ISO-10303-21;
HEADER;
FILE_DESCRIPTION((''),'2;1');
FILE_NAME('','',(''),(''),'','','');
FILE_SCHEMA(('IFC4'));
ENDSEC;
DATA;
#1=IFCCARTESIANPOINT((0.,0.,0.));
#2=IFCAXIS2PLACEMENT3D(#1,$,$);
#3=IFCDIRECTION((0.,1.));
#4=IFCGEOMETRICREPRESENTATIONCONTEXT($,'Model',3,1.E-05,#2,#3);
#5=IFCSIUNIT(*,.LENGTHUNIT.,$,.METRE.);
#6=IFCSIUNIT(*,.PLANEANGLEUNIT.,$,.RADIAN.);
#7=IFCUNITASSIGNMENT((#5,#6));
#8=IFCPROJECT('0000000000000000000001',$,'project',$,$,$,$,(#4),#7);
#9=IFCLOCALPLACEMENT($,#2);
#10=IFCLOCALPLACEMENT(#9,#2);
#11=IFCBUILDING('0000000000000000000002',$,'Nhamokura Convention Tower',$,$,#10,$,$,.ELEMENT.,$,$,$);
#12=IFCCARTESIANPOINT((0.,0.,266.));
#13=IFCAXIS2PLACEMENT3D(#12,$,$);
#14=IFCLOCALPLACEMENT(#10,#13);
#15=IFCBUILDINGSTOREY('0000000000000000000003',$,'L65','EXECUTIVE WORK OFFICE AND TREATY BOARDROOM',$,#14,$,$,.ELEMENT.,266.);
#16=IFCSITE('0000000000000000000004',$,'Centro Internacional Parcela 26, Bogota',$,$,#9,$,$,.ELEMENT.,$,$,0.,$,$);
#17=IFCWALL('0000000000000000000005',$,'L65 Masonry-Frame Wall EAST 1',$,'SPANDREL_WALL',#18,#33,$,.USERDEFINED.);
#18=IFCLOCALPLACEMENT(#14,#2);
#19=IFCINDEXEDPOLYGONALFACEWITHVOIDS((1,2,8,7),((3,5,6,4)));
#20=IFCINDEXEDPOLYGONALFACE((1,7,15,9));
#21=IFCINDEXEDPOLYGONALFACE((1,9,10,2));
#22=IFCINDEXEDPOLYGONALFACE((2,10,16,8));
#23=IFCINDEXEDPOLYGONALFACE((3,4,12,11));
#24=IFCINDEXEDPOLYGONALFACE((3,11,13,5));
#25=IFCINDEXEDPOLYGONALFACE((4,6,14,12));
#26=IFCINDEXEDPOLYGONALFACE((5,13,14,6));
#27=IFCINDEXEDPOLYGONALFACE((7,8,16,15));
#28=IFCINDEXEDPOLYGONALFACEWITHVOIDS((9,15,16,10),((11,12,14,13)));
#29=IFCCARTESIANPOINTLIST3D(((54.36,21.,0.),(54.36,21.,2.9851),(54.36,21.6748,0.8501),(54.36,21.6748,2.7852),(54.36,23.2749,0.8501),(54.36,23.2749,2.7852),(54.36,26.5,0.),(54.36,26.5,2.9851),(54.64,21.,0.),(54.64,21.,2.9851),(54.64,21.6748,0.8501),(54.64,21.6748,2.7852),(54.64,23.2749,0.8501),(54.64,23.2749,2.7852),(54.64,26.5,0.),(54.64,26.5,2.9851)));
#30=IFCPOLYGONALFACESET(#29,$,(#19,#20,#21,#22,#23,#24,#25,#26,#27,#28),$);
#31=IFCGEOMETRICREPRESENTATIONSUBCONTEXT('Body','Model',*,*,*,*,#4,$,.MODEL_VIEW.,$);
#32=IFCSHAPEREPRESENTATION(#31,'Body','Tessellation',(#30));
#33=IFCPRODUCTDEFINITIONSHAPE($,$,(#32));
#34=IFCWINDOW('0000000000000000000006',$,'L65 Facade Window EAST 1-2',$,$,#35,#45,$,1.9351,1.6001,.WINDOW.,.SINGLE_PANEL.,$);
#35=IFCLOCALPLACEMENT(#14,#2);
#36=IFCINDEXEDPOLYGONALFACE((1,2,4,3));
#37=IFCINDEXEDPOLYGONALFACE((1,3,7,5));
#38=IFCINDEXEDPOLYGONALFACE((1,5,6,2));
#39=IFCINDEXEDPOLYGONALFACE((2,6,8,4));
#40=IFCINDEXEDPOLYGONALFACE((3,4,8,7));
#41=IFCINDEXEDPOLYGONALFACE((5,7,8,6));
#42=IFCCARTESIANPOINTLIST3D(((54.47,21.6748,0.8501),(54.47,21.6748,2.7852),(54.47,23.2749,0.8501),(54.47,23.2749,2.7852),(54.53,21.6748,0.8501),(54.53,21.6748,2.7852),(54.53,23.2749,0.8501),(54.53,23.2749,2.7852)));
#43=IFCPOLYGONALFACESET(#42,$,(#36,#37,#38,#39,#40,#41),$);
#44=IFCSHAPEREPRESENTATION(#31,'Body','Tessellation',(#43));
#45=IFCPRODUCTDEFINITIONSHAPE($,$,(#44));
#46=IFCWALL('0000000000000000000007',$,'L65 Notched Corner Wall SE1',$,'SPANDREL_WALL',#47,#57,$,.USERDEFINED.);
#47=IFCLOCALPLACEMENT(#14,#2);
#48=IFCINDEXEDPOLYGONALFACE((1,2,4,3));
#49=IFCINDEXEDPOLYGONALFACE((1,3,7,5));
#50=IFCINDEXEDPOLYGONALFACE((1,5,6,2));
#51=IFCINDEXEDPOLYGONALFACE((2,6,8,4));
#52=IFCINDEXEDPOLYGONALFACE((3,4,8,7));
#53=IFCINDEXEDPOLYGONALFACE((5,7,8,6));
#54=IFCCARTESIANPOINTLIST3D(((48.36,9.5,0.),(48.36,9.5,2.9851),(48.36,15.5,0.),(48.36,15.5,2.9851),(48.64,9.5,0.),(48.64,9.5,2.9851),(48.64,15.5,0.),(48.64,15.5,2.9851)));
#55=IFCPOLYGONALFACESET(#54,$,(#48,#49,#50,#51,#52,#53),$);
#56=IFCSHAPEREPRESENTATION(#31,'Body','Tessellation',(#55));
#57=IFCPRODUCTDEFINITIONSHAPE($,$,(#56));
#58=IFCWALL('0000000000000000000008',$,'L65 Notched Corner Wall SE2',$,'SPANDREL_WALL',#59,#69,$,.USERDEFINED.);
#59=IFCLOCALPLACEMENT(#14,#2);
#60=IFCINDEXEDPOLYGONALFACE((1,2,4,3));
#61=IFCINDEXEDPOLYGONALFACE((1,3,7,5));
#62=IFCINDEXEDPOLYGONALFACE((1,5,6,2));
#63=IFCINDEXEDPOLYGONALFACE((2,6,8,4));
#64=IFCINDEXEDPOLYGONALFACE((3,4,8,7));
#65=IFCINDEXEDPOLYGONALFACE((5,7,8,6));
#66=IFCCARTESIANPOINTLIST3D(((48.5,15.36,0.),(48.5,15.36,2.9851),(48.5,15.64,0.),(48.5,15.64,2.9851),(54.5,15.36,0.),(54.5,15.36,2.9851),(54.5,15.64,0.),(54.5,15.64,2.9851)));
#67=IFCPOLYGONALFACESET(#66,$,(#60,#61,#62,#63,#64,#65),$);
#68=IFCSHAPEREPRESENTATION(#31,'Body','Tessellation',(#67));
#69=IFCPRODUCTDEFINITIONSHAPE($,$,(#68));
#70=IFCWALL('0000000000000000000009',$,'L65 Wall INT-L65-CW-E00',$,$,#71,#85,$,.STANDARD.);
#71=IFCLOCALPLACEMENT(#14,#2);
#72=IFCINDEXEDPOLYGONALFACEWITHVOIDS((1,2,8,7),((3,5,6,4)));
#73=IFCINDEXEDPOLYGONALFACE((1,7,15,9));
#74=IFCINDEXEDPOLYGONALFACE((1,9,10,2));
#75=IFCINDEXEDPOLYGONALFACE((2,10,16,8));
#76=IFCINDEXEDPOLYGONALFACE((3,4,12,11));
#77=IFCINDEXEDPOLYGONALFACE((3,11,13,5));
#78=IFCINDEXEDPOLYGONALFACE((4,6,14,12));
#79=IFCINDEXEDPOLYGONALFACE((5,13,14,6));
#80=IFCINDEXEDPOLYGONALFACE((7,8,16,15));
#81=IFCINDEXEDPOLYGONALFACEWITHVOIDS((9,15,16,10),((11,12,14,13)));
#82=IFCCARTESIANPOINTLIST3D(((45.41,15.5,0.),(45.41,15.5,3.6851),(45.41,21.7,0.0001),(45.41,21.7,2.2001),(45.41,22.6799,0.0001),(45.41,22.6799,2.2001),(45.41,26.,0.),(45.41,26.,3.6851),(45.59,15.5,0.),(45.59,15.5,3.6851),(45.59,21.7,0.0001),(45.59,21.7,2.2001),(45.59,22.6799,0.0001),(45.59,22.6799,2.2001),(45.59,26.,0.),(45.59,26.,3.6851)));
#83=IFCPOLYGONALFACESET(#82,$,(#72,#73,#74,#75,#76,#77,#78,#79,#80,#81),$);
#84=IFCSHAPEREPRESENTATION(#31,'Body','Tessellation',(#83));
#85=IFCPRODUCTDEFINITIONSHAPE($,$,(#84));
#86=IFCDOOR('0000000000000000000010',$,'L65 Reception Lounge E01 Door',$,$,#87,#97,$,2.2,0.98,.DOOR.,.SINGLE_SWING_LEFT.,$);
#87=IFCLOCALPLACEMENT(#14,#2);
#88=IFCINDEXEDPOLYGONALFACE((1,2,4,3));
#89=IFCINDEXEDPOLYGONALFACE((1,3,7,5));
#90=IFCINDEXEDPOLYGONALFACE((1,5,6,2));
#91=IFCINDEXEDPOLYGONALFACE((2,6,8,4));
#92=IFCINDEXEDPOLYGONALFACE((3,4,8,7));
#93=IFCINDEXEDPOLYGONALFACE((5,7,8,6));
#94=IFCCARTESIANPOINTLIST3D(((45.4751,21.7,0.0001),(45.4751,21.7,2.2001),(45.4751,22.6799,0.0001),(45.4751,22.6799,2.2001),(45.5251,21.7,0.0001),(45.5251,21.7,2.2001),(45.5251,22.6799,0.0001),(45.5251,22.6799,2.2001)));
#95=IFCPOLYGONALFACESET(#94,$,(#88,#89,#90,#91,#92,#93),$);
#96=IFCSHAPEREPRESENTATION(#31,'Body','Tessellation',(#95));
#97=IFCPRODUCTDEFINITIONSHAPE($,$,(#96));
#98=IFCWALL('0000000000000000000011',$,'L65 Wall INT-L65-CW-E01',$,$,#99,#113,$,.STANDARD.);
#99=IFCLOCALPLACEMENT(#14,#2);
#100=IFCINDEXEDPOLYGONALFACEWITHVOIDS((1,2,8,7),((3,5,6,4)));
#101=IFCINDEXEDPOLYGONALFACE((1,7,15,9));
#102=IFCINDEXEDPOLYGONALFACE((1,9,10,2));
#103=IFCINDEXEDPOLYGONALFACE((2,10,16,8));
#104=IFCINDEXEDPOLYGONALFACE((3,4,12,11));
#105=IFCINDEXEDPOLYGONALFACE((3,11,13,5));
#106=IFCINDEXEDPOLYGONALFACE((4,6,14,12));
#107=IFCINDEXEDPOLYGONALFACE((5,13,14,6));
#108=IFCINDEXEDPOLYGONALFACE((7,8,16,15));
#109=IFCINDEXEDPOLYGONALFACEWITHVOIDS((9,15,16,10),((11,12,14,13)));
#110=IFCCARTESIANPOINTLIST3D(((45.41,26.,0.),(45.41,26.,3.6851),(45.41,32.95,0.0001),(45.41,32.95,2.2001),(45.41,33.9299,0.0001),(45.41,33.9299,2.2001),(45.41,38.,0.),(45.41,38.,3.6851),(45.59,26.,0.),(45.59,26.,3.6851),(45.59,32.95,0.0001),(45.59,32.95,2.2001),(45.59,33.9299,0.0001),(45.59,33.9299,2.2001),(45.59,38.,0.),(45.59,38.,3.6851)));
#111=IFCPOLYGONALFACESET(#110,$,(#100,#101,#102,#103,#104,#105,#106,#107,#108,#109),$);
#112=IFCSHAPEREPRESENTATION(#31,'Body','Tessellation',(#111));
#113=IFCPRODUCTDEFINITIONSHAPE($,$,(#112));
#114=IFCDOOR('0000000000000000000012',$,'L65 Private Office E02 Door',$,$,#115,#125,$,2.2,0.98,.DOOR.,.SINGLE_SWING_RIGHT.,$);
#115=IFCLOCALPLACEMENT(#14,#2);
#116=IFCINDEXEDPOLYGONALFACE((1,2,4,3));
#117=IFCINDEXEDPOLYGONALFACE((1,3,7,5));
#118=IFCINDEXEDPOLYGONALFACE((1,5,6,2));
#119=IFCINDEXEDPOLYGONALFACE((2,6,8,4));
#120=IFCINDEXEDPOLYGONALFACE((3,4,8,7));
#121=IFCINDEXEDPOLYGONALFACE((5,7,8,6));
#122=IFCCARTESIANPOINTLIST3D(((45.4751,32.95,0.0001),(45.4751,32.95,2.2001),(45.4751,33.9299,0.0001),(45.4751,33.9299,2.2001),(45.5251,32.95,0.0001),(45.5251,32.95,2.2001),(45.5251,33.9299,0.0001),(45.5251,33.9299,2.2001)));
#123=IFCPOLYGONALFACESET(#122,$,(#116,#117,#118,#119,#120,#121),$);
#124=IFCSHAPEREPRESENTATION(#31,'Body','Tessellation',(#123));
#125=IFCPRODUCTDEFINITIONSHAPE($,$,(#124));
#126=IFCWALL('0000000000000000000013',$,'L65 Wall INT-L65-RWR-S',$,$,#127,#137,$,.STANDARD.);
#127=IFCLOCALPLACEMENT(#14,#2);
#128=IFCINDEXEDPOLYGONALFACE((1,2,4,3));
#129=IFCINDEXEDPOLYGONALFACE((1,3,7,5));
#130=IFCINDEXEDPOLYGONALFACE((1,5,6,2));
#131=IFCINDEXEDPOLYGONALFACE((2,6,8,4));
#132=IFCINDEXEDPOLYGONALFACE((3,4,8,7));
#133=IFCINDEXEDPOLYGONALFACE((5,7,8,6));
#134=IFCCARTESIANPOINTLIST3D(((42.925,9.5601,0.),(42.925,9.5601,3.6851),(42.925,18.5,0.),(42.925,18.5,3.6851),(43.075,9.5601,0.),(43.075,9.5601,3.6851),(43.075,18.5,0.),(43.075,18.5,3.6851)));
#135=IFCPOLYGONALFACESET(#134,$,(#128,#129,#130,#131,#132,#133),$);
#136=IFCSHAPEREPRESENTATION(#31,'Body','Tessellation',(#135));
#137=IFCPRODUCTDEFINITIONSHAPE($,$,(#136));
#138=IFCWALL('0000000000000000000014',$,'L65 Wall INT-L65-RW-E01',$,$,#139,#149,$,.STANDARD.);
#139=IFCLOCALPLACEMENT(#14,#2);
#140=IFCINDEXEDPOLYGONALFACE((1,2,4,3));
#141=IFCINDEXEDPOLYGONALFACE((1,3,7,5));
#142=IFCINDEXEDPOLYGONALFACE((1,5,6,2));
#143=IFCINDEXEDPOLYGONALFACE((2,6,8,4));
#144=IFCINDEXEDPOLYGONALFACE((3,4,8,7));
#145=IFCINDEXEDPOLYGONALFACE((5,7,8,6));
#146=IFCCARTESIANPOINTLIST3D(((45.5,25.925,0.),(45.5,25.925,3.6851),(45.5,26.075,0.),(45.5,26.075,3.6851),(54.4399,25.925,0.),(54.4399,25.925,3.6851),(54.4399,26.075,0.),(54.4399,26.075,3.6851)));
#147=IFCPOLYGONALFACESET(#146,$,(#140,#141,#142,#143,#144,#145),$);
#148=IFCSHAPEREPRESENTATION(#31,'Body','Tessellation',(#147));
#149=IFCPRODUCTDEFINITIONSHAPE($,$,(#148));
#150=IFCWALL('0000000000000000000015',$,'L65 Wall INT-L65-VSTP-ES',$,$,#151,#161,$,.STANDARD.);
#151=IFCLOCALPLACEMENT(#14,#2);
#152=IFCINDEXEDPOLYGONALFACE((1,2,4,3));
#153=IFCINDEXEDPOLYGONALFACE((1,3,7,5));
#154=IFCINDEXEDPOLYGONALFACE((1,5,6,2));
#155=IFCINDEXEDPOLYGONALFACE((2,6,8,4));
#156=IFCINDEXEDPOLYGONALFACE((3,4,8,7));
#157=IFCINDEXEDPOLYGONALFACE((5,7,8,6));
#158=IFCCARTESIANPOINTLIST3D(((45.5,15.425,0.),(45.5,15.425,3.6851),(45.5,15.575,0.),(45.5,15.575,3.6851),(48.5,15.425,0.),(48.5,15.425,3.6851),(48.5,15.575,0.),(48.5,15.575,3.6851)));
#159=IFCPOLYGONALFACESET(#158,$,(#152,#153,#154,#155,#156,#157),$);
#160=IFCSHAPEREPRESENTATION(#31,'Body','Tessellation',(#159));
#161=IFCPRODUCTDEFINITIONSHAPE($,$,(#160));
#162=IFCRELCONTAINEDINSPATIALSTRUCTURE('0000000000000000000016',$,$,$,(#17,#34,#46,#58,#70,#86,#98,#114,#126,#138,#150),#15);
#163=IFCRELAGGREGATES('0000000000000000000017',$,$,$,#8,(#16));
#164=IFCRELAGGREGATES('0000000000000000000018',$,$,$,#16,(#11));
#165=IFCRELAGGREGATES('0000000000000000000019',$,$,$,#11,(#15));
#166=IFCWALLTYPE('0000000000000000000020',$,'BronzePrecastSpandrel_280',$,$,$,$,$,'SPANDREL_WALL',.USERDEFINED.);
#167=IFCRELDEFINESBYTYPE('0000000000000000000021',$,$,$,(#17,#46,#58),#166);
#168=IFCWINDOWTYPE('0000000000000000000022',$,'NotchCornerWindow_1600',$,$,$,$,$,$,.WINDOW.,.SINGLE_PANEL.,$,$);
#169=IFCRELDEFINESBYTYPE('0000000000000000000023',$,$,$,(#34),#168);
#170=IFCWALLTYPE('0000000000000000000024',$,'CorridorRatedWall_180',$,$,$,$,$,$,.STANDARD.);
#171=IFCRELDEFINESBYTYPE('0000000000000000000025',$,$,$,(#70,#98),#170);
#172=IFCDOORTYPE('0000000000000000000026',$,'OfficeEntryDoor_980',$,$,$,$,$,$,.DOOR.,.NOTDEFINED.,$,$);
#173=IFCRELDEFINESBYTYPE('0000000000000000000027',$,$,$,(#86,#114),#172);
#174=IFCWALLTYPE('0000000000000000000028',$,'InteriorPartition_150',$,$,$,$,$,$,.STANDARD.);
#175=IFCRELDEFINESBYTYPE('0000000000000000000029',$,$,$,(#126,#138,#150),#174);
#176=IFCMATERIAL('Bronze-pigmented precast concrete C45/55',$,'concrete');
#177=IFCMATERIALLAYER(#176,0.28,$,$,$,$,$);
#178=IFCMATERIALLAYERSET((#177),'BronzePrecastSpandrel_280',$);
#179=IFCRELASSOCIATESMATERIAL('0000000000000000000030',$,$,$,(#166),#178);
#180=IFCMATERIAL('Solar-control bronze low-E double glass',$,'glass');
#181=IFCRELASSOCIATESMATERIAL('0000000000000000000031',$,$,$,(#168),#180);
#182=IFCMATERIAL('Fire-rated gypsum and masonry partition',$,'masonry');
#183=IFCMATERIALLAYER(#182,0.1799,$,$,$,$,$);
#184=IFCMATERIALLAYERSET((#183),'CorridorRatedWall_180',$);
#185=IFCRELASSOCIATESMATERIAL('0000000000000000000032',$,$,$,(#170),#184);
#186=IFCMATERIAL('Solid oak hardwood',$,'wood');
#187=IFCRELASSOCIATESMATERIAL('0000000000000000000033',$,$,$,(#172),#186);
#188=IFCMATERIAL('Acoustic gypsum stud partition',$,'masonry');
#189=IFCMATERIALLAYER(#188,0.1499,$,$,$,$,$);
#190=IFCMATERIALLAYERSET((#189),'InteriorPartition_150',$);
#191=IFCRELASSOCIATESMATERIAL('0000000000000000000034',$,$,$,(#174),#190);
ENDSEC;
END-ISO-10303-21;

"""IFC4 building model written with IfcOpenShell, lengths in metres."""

from ifc_helpers import new_model, si_unit, direction, frame, frame_2d, origin, place, context, subcontext, project, spatial, rectangle, extrude, material, layer, layer_set, type_object, element, fill, save


model = new_model("IFC4")

# Units and contexts
model_context = context("Model", 3, precision=1e-05, world=origin(), true_north=direction((0.0, 1.0)))
body_context = subcontext(model_context, "Body", "Model", "MODEL_VIEW")
ifc_project = project(units=[si_unit("LENGTHUNIT", "METRE"), si_unit("PLANEANGLEUNIT", "RADIAN")], contexts=[model_context])

# Site, building, storey
site_placement = place(None, origin())
site = spatial("IfcSite", under=ifc_project, at=site_placement, Name="Centro Internacional Parcela 26, Bogota", CompositionType="ELEMENT", RefElevation=0.0)
building_placement = place(site_placement, origin())
building = spatial("IfcBuilding", under=site, at=building_placement, Name="Nhamokura Convention Tower", CompositionType="ELEMENT")
storey_placement = place(building_placement, frame((0.0, 0.0, 266.0)))
storey = spatial("IfcBuildingStorey", under=building, at=storey_placement, Name="L65", Description="EXECUTIVE WORK OFFICE AND TREATY BOARDROOM", CompositionType="ELEMENT", Elevation=266.0)

# Shared definitions
ifc_material_1 = material(Name="Bronze-pigmented precast concrete C45/55", Category="concrete")
ifc_layer_1 = layer(ifc_material_1, 0.28)
ifc_layer_set_1 = layer_set([ifc_layer_1], Name="BronzePrecastSpandrel_280")
wall_type_1 = type_object("IfcWallType", Name="BronzePrecastSpandrel_280", ElementType="SPANDREL_WALL", PredefinedType="USERDEFINED", material=ifc_layer_set_1)
ifc_material_2 = material(Name="Solar-control bronze low-E double glass", Category="glass")
window_type = type_object("IfcWindowType", Name="NotchCornerWindow_1600", PartitioningType="SINGLE_PANEL", PredefinedType="WINDOW", material=ifc_material_2)

# Wall, opening, window
wall_1_placement = place(storey_placement, frame((54.5, 26.5, 0.0), z_axis=(0.0, 0.0, 1.0), x_axis=(0.0, -1.0, 0.0)))
wall_1 = element("IfcWall", 1, at=wall_1_placement, inside=storey, type_object=wall_type_1, Name="L65 Masonry-Frame Wall EAST 1", ObjectType="SPANDREL_WALL", PredefinedType="USERDEFINED", context=body_context, shape_type="SweptSolid", body=[
    extrude(rectangle(XDim=5.5, YDim=0.28, at=frame_2d((2.75, 0.0))), origin(), (0.0, 0.0, 1.0), 2.9851),
])
opening_1_placement = place(wall_1_placement, frame((3.2251, 0.0, 0.8501)))
opening_1 = element("IfcOpeningElement", 2, at=opening_1_placement, cuts=wall_1, PredefinedType="OPENING", context=body_context, shape_type="SweptSolid", body=[
    extrude(rectangle(XDim=1.6001, YDim=1.9351, at=frame_2d((0.8, 0.9675))), frame((0.0, 0.1499, 0.0), z_axis=(0.0, -1.0, 0.0), x_axis=(1.0, 0.0, 0.0)), (0.0, 0.0, 1.0), 0.3),
])
window_1_placement = place(opening_1_placement, origin())
window_1 = element("IfcWindow", 3, at=window_1_placement, inside=storey, type_object=window_type, Name="L65 Facade Window EAST 1-2", OverallHeight=1.9351, OverallWidth=1.6001, PartitioningType="SINGLE_PANEL", PredefinedType="WINDOW", context=body_context, shape_type="SweptSolid", body=[
    extrude(rectangle(XDim=1.6001, YDim=1.9351, at=frame_2d((0.8, 0.9675))), frame((0.0, 0.03, 0.0), z_axis=(0.0, -1.0, 0.0), x_axis=(1.0, 0.0, 0.0)), (0.0, 0.0, 1.0), 0.0601),
])
fill(opening_1, window_1)

# Walls
for number, where, z_axis, x_axis, name in (
    (4, (48.5, 15.5, 0.0), (0.0, 0.0, 1.0), (0.0, -1.0, 0.0), "L65 Notched Corner Wall SE1"),
    (5, (54.5, 15.5, 0.0), (0.0, 0.0, 1.0), (-1.0, 0.0, 0.0), "L65 Notched Corner Wall SE2"),
):
    element("IfcWall", number, at=place(storey_placement, frame(where, z_axis=z_axis, x_axis=x_axis)), inside=storey, type_object=wall_type_1, Name=name, ObjectType="SPANDREL_WALL", PredefinedType="USERDEFINED", context=body_context, shape_type="SweptSolid", body=[
        extrude(rectangle(XDim=6.0, YDim=0.28, at=frame_2d((3.0, 0.0))), origin(), (0.0, 0.0, 1.0), 2.9851),
    ])

# Walls, openings, doors
ifc_material_3 = material(Name="Fire-rated gypsum and masonry partition", Category="masonry")
ifc_layer_2 = layer(ifc_material_3, 0.1799)
ifc_layer_set_2 = layer_set([ifc_layer_2], Name="CorridorRatedWall_180")
wall_type_2 = type_object("IfcWallType", Name="CorridorRatedWall_180", PredefinedType="STANDARD", material=ifc_layer_set_2)
wall_2_placement = place(storey_placement, frame((45.5, 15.5, 0.0), z_axis=(0.0, 0.0, 1.0), x_axis=(0.0, 1.0, 0.0)))
wall_2 = element("IfcWall", 6, at=wall_2_placement, inside=storey, type_object=wall_type_2, Name="L65 Wall INT-L65-CW-E00", PredefinedType="STANDARD", context=body_context, shape_type="SweptSolid", body=[
    extrude(rectangle(XDim=10.5, YDim=0.1799, at=frame_2d((5.25, 0.0))), origin(), (0.0, 0.0, 1.0), 3.6851),
])
opening_2_placement = place(wall_2_placement, frame((6.2, 0.0, 0.0)))
opening_2 = element("IfcOpeningElement", 7, at=opening_2_placement, cuts=wall_2, PredefinedType="OPENING", context=body_context, shape_type="SweptSolid", body=[
    extrude(rectangle(XDim=0.98, YDim=2.2, at=frame_2d((0.49, 1.1001))), frame((0.0, 0.0999, 0.0), z_axis=(0.0, -1.0, 0.0), x_axis=(1.0, 0.0, 0.0)), (0.0, 0.0, 1.0), 0.2),
])
ifc_material_4 = material(Name="Solid oak hardwood", Category="wood")
door_type = type_object("IfcDoorType", Name="OfficeEntryDoor_980", OperationType="NOTDEFINED", PredefinedType="DOOR", material=ifc_material_4)
door_1_placement = place(opening_2_placement, origin())
door_1 = element("IfcDoor", 8, at=door_1_placement, inside=storey, type_object=door_type, Name="L65 Reception Lounge E01 Door", OperationType="SINGLE_SWING_LEFT", OverallHeight=2.2, OverallWidth=0.98, PredefinedType="DOOR", context=body_context, shape_type="SweptSolid", body=[
    extrude(rectangle(XDim=0.98, YDim=2.2, at=frame_2d((0.49, 1.1001))), frame((0.0, 0.0249, 0.0), z_axis=(0.0, -1.0, 0.0), x_axis=(1.0, 0.0, 0.0)), (0.0, 0.0, 1.0), 0.05),
])
fill(opening_2, door_1)
wall_3_placement = place(storey_placement, frame((45.5, 26.0, 0.0), z_axis=(0.0, 0.0, 1.0), x_axis=(0.0, 1.0, 0.0)))
wall_3 = element("IfcWall", 9, at=wall_3_placement, inside=storey, type_object=wall_type_2, Name="L65 Wall INT-L65-CW-E01", PredefinedType="STANDARD", context=body_context, shape_type="SweptSolid", body=[
    extrude(rectangle(XDim=12.0, YDim=0.1799, at=frame_2d((6.0, 0.0))), origin(), (0.0, 0.0, 1.0), 3.6851),
])
opening_3_placement = place(wall_3_placement, frame((6.95, 0.0, 0.0)))
opening_3 = element("IfcOpeningElement", 10, at=opening_3_placement, cuts=wall_3, PredefinedType="OPENING", context=body_context, shape_type="SweptSolid", body=[
    extrude(rectangle(XDim=0.98, YDim=2.2, at=frame_2d((0.49, 1.1001))), frame((0.0, 0.0999, 0.0), z_axis=(0.0, -1.0, 0.0), x_axis=(1.0, 0.0, 0.0)), (0.0, 0.0, 1.0), 0.2),
])
door_2_placement = place(opening_3_placement, origin())
door_2 = element("IfcDoor", 11, at=door_2_placement, inside=storey, type_object=door_type, Name="L65 Private Office E02 Door", OperationType="SINGLE_SWING_RIGHT", OverallHeight=2.2, OverallWidth=0.98, PredefinedType="DOOR", context=body_context, shape_type="SweptSolid", body=[
    extrude(rectangle(XDim=0.98, YDim=2.2, at=frame_2d((0.49, 1.1001))), frame((0.0, 0.0249, 0.0), z_axis=(0.0, -1.0, 0.0), x_axis=(1.0, 0.0, 0.0)), (0.0, 0.0, 1.0), 0.05),
])
fill(opening_3, door_2)

# Walls
ifc_material_5 = material(Name="Acoustic gypsum stud partition", Category="masonry")
ifc_layer_3 = layer(ifc_material_5, 0.1499)
ifc_layer_set_3 = layer_set([ifc_layer_3], Name="InteriorPartition_150")
wall_type_3 = type_object("IfcWallType", Name="InteriorPartition_150", PredefinedType="STANDARD", material=ifc_layer_set_3)
for number, where, z_axis, x_axis, name in (
    (12, (43.0, 9.5601, 0.0), (0.0, 0.0, 1.0), (0.0, 1.0, 0.0), "L65 Wall INT-L65-RWR-S"),
    (13, (45.5, 26.0, 0.0), (0.0, 0.0, 1.0), (1.0, 0.0, 0.0), "L65 Wall INT-L65-RW-E01"),
):
    element("IfcWall", number, at=place(storey_placement, frame(where, z_axis=z_axis, x_axis=x_axis)), inside=storey, type_object=wall_type_3, Name=name, PredefinedType="STANDARD", context=body_context, shape_type="SweptSolid", body=[
        extrude(rectangle(XDim=8.9399, YDim=0.1499, at=frame_2d((4.47, 0.0))), origin(), (0.0, 0.0, 1.0), 3.6851),
    ])
wall_4_placement = place(storey_placement, frame((45.5, 15.5, 0.0), z_axis=(0.0, 0.0, 1.0), x_axis=(1.0, 0.0, 0.0)))
element("IfcWall", 14, at=wall_4_placement, inside=storey, type_object=wall_type_3, Name="L65 Wall INT-L65-VSTP-ES", PredefinedType="STANDARD", context=body_context, shape_type="SweptSolid", body=[
    extrude(rectangle(XDim=3.0, YDim=0.1499, at=frame_2d((1.5, 0.0))), origin(), (0.0, 0.0, 1.0), 3.6851),
])

save(model, "model.ifc")
